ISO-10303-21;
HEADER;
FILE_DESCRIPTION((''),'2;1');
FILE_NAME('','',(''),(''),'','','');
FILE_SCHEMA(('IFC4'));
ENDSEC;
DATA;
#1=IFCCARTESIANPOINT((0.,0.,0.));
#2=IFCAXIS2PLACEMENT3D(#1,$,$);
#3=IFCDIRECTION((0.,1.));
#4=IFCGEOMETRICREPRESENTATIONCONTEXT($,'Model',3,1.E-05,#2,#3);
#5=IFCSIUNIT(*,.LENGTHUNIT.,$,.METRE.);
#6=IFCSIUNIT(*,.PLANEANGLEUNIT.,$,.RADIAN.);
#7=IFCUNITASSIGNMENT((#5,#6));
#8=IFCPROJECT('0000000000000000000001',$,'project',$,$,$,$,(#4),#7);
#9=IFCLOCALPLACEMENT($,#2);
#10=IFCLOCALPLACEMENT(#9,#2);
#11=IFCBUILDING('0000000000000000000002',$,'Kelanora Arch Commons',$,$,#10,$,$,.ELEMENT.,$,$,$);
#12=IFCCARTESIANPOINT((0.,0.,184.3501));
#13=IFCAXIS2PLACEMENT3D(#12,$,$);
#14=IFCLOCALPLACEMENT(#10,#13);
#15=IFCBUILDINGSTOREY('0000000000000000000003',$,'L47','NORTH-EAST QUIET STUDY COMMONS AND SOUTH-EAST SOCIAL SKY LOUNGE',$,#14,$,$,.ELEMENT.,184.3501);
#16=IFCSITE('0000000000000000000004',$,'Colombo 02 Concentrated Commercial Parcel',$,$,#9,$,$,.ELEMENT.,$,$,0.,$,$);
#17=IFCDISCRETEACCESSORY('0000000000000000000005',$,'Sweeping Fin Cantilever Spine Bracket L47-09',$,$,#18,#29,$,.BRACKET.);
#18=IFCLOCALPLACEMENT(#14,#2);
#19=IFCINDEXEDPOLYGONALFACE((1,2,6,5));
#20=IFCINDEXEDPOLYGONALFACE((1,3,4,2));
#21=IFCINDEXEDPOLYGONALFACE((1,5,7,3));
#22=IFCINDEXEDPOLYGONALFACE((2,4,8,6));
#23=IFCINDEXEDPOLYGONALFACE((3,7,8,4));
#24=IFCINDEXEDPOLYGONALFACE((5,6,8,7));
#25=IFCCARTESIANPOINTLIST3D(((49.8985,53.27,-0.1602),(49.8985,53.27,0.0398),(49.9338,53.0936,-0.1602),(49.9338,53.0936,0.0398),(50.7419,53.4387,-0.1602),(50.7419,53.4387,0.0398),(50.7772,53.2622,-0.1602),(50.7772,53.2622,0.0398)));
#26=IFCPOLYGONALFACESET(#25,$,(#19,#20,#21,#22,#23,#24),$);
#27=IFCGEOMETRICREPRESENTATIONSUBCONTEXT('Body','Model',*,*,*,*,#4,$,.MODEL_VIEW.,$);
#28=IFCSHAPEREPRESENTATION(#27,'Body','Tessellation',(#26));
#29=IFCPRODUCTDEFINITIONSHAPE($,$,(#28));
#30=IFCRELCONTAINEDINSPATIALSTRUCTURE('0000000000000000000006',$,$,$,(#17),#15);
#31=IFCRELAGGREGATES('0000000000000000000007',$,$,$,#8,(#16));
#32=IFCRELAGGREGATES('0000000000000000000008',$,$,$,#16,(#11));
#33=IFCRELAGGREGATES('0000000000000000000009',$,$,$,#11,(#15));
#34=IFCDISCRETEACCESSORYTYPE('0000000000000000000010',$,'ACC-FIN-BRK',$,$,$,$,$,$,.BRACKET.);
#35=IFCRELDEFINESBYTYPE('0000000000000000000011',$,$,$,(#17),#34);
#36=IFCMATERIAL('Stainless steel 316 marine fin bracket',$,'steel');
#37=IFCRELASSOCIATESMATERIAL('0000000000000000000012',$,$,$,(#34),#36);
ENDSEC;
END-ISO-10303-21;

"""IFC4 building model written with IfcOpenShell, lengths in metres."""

from ifc_helpers import new_model, si_unit, direction, frame, origin, origin_2d, place, context, subcontext, project, spatial, rectangle, extrude, source, transform, mapped, material, type_object, element, save


model = new_model("IFC4")

# Units and contexts
model_context = context("Model", 3, precision=1e-05, world=origin(), true_north=direction((0.0, 1.0)))
body_context = subcontext(model_context, "Body", "Model", "MODEL_VIEW")
ifc_project = project(units=[si_unit("LENGTHUNIT", "METRE"), si_unit("PLANEANGLEUNIT", "RADIAN")], contexts=[model_context])

# Site, building, storey
site_placement = place(None, origin())
site = spatial("IfcSite", under=ifc_project, at=site_placement, Name="Colombo 02 Concentrated Commercial Parcel", CompositionType="ELEMENT", RefElevation=0.0)
building_placement = place(site_placement, origin())
building = spatial("IfcBuilding", under=site, at=building_placement, Name="Kelanora Arch Commons", CompositionType="ELEMENT")
storey_placement = place(building_placement, frame((0.0, 0.0, 184.3501)))
storey = spatial("IfcBuildingStorey", under=building, at=storey_placement, Name="L47", Description="NORTH-EAST QUIET STUDY COMMONS AND SOUTH-EAST SOCIAL SKY LOUNGE", CompositionType="ELEMENT", Elevation=184.3501)

# Discrete accessory
ifc_material_1 = material(Name="Stainless steel 316 marine fin bracket", Category="steel")
discrete_accessory_type = type_object("IfcDiscreteAccessoryType", Name="ACC-FIN-BRK", PredefinedType="BRACKET", material=ifc_material_1)
shared_shape_1 = source(origin(), body_context, "Body", "SweptSolid", [
    extrude(rectangle(XDim=0.8601, YDim=0.1799, at=origin_2d()), origin(), (0.0, 0.0, 1.0), 0.2),
])
discrete_accessory_placement = place(storey_placement, frame((50.3379, 53.2661, -0.1602), z_axis=(0.0, 0.0, 1.0), x_axis=(-0.98058, -0.196117, 0.0)))
element("IfcDiscreteAccessory", 1, at=discrete_accessory_placement, inside=storey, type_object=discrete_accessory_type, Name="Sweeping Fin Cantilever Spine Bracket L47-09", PredefinedType="BRACKET", context=body_context, shape_type="MappedRepresentation", body=[
    mapped(shared_shape_1, transform((0.0, 0.0, 0.0), scale=1.0)),
])

save(model, "model.ifc")
